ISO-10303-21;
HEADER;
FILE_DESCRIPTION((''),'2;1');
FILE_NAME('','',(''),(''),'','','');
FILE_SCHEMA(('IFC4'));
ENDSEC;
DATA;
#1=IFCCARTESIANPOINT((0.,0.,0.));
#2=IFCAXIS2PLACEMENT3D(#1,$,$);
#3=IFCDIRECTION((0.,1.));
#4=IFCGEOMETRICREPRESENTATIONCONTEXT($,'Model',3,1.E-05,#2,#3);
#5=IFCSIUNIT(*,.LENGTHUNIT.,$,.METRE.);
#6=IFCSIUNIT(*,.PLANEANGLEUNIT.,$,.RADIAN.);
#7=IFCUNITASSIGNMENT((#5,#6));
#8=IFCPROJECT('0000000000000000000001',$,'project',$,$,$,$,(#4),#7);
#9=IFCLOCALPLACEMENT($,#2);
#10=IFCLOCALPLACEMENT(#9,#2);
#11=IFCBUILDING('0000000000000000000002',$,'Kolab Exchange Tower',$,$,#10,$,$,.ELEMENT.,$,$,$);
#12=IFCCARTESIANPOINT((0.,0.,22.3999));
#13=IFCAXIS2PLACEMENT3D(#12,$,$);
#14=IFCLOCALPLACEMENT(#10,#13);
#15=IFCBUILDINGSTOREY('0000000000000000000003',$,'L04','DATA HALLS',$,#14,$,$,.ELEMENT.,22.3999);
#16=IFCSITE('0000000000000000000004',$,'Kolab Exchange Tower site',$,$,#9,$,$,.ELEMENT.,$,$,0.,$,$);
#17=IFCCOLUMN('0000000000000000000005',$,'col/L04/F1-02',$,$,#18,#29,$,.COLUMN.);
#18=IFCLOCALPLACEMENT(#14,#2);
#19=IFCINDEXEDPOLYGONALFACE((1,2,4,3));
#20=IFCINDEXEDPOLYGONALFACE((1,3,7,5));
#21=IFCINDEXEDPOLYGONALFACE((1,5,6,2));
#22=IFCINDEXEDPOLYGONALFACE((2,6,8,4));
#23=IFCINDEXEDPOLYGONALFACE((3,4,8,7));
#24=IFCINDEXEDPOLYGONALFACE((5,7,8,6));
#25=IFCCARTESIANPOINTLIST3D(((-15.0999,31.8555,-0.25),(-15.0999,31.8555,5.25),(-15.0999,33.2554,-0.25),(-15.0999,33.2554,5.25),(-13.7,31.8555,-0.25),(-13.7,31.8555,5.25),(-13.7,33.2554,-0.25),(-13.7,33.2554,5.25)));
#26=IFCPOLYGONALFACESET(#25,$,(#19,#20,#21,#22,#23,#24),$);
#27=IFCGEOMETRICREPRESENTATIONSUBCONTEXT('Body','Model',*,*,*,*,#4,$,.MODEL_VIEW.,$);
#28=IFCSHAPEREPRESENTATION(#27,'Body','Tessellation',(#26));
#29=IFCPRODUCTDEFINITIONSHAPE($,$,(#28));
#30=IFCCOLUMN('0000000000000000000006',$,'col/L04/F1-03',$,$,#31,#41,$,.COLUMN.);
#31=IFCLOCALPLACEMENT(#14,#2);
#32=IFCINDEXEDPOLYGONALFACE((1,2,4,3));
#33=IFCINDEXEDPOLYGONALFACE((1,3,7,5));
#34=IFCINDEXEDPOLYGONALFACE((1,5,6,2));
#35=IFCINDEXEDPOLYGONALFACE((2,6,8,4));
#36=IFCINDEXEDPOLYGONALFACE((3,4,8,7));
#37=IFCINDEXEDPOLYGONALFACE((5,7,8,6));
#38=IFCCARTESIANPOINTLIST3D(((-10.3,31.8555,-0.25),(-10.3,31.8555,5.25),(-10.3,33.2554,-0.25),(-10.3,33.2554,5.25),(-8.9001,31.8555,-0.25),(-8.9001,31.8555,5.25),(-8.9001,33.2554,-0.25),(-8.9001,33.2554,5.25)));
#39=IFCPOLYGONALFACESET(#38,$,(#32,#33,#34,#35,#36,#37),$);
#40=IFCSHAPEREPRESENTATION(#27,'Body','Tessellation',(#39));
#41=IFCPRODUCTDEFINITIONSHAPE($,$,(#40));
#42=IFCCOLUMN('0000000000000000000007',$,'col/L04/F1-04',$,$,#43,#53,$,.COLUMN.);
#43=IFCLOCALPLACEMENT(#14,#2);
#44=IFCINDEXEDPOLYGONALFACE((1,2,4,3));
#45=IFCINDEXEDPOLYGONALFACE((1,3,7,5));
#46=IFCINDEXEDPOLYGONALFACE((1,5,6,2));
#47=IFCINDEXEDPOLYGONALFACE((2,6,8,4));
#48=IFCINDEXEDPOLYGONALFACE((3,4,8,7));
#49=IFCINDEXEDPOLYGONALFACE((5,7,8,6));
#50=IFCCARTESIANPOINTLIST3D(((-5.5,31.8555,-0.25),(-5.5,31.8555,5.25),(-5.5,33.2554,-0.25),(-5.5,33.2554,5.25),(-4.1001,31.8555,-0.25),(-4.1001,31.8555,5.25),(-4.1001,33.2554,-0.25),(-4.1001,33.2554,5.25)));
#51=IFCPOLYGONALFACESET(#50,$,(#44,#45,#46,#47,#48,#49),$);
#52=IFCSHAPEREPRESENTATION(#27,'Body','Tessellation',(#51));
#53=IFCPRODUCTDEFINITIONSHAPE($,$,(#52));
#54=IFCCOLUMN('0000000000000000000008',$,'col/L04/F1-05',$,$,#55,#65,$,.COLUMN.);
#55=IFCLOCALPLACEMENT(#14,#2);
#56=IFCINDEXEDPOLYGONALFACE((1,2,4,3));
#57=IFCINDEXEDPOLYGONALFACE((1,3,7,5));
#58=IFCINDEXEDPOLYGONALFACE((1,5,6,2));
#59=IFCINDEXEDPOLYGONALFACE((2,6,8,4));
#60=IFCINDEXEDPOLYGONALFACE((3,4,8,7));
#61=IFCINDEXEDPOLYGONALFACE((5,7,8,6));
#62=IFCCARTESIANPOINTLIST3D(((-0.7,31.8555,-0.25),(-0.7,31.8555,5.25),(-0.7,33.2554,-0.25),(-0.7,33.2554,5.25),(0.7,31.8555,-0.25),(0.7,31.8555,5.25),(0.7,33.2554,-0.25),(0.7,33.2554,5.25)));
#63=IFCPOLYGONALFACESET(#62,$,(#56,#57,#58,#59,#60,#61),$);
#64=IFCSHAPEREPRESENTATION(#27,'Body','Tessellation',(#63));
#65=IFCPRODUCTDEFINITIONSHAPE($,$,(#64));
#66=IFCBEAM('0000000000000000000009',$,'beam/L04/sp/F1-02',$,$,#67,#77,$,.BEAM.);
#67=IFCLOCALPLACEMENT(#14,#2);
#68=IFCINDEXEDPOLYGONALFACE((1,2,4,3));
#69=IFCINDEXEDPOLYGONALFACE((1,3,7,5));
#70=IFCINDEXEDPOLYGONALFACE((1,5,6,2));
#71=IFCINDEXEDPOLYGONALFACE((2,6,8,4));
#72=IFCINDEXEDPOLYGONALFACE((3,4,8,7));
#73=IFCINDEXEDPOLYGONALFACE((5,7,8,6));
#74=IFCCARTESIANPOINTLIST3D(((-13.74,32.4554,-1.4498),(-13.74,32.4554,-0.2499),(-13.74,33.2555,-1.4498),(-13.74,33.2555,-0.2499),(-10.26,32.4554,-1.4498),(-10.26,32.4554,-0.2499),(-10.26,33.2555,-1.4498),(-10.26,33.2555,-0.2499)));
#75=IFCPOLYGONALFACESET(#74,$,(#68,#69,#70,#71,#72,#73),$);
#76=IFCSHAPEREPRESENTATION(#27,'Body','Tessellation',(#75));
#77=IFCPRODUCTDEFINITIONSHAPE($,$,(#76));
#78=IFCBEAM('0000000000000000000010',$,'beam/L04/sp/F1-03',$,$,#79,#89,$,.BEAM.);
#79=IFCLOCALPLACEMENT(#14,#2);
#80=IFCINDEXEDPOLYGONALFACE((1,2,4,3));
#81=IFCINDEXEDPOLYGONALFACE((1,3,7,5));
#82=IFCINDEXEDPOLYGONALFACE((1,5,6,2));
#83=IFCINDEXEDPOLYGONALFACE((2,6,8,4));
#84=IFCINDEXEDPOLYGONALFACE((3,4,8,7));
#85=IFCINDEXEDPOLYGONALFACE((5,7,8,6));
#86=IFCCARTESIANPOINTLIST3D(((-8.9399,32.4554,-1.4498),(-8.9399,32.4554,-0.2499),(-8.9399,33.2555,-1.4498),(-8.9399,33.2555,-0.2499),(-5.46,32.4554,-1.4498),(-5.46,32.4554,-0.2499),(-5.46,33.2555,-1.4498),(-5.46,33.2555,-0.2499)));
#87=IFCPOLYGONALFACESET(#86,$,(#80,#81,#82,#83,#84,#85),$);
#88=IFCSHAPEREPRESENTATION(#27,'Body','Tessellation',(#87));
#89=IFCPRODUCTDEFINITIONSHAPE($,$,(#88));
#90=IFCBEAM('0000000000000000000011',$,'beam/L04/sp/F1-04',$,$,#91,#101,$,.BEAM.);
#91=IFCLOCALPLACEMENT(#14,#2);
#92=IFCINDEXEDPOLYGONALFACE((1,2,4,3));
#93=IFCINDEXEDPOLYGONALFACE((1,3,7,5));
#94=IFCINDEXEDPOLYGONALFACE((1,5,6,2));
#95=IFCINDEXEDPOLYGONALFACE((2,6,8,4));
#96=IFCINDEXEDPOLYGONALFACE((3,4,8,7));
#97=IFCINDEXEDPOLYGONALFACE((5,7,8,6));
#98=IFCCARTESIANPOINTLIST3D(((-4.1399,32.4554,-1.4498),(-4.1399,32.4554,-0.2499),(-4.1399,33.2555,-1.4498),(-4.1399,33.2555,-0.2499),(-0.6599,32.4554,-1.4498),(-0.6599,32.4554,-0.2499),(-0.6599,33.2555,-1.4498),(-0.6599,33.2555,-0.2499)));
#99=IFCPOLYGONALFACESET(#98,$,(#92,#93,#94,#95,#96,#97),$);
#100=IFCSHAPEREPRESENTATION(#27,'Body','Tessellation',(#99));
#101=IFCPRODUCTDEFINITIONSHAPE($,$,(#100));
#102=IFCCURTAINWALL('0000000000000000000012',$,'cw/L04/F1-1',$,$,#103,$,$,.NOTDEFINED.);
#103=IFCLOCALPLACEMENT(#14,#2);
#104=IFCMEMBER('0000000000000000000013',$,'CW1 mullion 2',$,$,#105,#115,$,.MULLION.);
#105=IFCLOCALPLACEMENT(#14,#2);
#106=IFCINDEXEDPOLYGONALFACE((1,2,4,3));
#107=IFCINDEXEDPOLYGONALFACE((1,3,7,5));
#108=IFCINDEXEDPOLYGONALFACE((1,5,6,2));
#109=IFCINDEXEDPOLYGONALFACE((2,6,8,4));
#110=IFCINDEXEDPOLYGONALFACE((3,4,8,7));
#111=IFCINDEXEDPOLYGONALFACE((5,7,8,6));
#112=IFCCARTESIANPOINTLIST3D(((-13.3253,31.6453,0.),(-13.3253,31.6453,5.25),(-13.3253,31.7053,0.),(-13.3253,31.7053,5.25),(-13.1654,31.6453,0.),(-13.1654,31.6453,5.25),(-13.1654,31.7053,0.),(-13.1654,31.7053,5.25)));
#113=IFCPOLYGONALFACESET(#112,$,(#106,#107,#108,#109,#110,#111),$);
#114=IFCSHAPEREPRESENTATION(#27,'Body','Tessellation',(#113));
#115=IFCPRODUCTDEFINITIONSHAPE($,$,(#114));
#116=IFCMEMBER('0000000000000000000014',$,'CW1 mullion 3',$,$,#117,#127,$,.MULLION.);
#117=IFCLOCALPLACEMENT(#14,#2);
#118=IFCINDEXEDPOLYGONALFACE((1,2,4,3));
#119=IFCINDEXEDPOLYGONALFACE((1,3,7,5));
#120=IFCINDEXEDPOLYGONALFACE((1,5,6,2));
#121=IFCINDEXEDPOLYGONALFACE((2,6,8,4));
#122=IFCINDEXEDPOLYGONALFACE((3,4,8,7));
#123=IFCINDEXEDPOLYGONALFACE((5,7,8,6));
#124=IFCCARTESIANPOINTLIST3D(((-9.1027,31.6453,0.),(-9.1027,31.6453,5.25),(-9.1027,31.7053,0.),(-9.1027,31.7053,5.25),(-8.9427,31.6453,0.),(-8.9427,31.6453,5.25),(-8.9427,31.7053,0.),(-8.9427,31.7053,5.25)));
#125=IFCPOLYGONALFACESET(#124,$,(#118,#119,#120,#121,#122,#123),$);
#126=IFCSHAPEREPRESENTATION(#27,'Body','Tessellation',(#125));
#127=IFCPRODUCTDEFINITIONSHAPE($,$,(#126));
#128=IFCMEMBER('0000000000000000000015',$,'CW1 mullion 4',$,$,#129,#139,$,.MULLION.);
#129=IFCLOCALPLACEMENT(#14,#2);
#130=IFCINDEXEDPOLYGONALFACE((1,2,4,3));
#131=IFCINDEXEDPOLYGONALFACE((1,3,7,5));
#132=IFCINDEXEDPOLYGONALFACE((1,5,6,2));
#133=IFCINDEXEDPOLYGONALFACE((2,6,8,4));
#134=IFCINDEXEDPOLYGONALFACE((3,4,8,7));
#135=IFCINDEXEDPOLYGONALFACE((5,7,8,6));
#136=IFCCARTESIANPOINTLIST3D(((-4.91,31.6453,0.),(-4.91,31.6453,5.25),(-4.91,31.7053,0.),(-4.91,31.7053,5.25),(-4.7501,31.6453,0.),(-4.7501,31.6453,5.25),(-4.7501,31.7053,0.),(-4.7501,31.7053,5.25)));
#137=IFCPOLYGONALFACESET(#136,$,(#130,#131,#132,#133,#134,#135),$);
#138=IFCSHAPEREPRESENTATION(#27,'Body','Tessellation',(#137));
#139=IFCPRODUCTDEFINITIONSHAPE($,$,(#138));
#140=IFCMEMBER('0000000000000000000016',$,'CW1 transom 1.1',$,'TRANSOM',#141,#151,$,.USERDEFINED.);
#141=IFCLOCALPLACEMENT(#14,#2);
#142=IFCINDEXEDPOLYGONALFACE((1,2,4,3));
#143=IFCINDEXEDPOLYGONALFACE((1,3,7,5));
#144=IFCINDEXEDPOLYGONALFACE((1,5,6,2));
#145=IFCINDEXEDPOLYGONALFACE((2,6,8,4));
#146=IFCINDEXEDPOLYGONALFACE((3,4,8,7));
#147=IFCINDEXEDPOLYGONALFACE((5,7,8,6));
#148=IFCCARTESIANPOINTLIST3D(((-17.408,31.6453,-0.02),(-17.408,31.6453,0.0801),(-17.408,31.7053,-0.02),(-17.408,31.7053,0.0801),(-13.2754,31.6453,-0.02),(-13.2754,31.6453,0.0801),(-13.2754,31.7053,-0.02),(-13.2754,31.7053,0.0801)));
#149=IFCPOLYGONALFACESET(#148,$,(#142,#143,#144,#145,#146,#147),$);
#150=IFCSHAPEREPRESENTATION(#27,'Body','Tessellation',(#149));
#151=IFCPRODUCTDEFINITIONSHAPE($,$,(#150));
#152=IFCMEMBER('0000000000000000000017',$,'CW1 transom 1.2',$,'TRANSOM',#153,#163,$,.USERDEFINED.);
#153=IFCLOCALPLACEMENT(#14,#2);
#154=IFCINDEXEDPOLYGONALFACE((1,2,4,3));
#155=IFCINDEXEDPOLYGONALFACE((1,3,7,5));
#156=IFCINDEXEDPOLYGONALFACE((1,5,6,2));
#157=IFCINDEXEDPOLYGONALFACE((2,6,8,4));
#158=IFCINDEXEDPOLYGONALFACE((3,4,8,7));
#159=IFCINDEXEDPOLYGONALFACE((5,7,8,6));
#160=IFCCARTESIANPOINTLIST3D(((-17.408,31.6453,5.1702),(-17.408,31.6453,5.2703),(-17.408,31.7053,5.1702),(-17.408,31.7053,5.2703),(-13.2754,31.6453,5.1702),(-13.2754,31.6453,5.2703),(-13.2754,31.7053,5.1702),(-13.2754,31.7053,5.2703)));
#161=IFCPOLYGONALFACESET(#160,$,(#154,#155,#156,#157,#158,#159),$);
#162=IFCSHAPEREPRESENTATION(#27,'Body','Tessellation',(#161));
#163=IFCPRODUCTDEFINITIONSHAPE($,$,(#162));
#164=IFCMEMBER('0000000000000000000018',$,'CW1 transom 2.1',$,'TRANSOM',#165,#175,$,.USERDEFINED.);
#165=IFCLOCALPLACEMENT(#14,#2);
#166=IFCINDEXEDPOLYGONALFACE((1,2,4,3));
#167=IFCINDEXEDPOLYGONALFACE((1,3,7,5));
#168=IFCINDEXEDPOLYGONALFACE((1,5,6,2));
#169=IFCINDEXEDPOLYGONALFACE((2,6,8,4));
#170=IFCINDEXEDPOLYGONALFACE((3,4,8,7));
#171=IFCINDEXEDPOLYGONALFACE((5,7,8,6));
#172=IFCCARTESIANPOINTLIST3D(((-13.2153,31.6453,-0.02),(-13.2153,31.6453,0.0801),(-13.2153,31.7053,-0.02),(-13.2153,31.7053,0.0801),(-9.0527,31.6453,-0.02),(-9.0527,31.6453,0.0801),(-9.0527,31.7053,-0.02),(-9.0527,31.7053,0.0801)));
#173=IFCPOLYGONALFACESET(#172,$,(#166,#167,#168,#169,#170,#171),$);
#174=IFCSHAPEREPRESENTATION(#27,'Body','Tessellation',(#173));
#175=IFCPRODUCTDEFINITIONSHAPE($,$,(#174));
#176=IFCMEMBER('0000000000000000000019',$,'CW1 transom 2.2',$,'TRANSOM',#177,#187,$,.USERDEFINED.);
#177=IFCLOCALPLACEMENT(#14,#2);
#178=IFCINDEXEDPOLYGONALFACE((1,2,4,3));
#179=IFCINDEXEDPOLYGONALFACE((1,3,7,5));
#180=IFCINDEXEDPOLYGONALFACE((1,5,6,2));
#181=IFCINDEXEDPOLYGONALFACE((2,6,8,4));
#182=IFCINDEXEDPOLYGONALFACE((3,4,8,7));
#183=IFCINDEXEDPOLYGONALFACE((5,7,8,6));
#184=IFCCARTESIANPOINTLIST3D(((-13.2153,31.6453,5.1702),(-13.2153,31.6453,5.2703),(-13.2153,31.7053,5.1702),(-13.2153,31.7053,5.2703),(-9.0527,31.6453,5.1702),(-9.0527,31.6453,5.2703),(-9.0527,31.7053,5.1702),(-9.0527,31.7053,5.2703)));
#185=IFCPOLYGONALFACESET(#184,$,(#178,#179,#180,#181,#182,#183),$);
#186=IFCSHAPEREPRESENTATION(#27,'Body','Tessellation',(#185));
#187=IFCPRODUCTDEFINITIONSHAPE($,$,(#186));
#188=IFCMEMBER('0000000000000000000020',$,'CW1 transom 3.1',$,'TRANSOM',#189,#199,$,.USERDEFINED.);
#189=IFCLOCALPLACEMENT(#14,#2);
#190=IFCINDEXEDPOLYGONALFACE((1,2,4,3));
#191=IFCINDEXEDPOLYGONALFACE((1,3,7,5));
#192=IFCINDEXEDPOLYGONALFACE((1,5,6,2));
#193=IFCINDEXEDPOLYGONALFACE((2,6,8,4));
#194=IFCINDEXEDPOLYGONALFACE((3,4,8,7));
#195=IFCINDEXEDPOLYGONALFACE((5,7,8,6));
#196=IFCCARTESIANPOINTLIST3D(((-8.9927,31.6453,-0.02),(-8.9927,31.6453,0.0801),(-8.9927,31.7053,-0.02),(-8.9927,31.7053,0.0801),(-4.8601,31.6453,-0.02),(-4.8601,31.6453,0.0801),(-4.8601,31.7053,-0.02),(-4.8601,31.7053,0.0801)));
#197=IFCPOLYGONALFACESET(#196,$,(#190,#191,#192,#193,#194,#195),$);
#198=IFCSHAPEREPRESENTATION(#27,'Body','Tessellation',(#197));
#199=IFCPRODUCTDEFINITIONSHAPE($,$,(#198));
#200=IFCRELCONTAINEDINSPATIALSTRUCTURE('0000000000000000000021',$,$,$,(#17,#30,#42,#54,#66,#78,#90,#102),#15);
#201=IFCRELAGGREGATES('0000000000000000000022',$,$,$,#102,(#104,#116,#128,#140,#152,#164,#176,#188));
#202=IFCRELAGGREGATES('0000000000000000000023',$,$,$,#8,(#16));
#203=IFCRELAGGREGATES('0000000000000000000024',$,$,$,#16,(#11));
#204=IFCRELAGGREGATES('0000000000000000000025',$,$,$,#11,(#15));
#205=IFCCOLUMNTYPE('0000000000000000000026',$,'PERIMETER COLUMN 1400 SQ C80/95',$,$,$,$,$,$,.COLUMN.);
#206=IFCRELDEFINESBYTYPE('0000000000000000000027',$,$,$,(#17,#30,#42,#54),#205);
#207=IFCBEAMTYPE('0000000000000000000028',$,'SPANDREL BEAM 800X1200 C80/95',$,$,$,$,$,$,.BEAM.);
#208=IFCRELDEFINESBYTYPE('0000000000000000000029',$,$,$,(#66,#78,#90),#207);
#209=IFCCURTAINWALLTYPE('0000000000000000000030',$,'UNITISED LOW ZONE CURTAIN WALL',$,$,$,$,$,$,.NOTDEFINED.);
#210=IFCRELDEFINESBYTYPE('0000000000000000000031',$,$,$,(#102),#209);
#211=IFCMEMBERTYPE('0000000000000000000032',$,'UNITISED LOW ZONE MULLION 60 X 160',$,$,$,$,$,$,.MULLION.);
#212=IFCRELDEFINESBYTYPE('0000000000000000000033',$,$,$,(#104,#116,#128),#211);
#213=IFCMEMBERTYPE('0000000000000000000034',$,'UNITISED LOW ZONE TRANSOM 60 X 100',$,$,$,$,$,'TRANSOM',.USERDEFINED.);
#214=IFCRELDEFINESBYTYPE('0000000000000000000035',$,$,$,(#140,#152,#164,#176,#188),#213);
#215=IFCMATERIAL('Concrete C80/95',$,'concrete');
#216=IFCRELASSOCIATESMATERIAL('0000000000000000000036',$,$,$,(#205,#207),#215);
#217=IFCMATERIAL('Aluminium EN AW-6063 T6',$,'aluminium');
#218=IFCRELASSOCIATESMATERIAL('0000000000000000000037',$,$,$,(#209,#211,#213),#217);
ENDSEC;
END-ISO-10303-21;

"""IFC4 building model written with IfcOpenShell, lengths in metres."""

from ifc_helpers import new_model, si_unit, direction, frame, origin, origin_2d, place, context, subcontext, project, spatial, rectangle, extrude, material, material_profile, profile_set, type_object, element, aggregate, save


model = new_model("IFC4")

# Units and contexts
model_context = context("Model", 3, precision=1e-05, world=origin(), true_north=direction((0.0, 1.0)))
body_context = subcontext(model_context, "Body", "Model", "MODEL_VIEW")
ifc_project = project(units=[si_unit("LENGTHUNIT", "METRE"), si_unit("PLANEANGLEUNIT", "RADIAN")], contexts=[model_context])

# Site, building, storey
site_placement = place(None, origin())
site = spatial("IfcSite", under=ifc_project, at=site_placement, Name="Kolab Exchange Tower site", CompositionType="ELEMENT", RefElevation=0.0)
building_placement = place(site_placement, origin())
building = spatial("IfcBuilding", under=site, at=building_placement, Name="Kolab Exchange Tower", CompositionType="ELEMENT")
storey_placement = place(building_placement, frame((0.0, 0.0, 22.3999)))
storey = spatial("IfcBuildingStorey", under=building, at=storey_placement, Name="L04", Description="DATA HALLS", CompositionType="ELEMENT", Elevation=22.3999)

# Columns
ifc_material_1 = material(Name="Concrete C80/95", Category="concrete")
ifc_material_profile_1 = material_profile(ifc_material_1, rectangle(XDim=1.3999, YDim=1.3999, at=origin_2d()), Name="RC1400")
ifc_profile_set_1 = profile_set([ifc_material_profile_1], Name="Concrete C80/95")
column_type = type_object("IfcColumnType", Name="PERIMETER COLUMN 1400 SQ C80/95", PredefinedType="COLUMN", material=ifc_profile_set_1)
for number, where, z_axis, x_axis, name in (
    (1, (-14.3999, 32.5554, -0.25), (0.0, 0.0, 1.0), (1.0, 0.0, 0.0), "col/L04/F1-02"),
    (2, (-9.6001, 32.5554, -0.25), (0.0, 0.0, 1.0), (1.0, 0.0, 0.0), "col/L04/F1-03"),
    (3, (-4.8, 32.5554, -0.25), (0.0, 0.0, 1.0), (1.0, 0.0, 0.0), "col/L04/F1-04"),
    (4, (0.0, 32.5554, -0.25), (0.0, 0.0, 1.0), (1.0, 0.0, 0.0), "col/L04/F1-05"),
):
    element("IfcColumn", number, at=place(storey_placement, frame(where, z_axis=z_axis, x_axis=x_axis)), inside=storey, type_object=column_type, Name=name, PredefinedType="COLUMN", context=body_context, shape_type="SweptSolid", body=[
        extrude(rectangle(XDim=1.3999, YDim=1.3999, at=origin_2d()), origin(), (0.0, 0.0, 1.0), 5.5),
    ])

# Beams
ifc_material_profile_2 = material_profile(ifc_material_1, rectangle(XDim=0.8, YDim=1.2, at=origin_2d()), Name="RC800X1200")
ifc_profile_set_2 = profile_set([ifc_material_profile_2], Name="Concrete C80/95")
beam_type = type_object("IfcBeamType", Name="SPANDREL BEAM 800X1200 C80/95", PredefinedType="BEAM", material=ifc_profile_set_2)
for number, where, z_axis, x_axis, name in (
    (5, (-13.74, 32.8555, -0.8499), (1.0, 0.0, 0.0), (0.0, 1.0, 0.0), "beam/L04/sp/F1-02"),
    (6, (-8.9399, 32.8555, -0.8499), (1.0, 0.0, 0.0), (0.0, 1.0, 0.0), "beam/L04/sp/F1-03"),
    (7, (-4.1399, 32.8555, -0.8499), (1.0, 0.0, 0.0), (0.0, 1.0, 0.0), "beam/L04/sp/F1-04"),
):
    element("IfcBeam", number, at=place(storey_placement, frame(where, z_axis=z_axis, x_axis=x_axis)), inside=storey, type_object=beam_type, Name=name, PredefinedType="BEAM", context=body_context, shape_type="SweptSolid", body=[
        extrude(rectangle(XDim=0.8, YDim=1.2, at=origin_2d()), origin(), (0.0, 0.0, 1.0), 3.48),
    ])

# Curtain wall, members
ifc_material_2 = material(Name="Aluminium EN AW-6063 T6", Category="aluminium")
curtain_wall_type = type_object("IfcCurtainWallType", Name="UNITISED LOW ZONE CURTAIN WALL", PredefinedType="NOTDEFINED", material=ifc_material_2)
curtain_wall_placement = place(storey_placement, origin())
curtain_wall = element("IfcCurtainWall", 8, at=curtain_wall_placement, inside=storey, type_object=curtain_wall_type, Name="cw/L04/F1-1", PredefinedType="NOTDEFINED")
ifc_material_profile_3 = material_profile(ifc_material_2, rectangle(XDim=0.0601, YDim=0.1599, at=origin_2d()), Name="RECT 60X160")
ifc_profile_set_3 = profile_set([ifc_material_profile_3], Name="Aluminium EN AW-6063 T6")
member_type_1 = type_object("IfcMemberType", Name="UNITISED LOW ZONE MULLION 60 X 160", PredefinedType="MULLION", material=ifc_profile_set_3)
member_1_placement = place(storey_placement, frame((-13.2454, 31.6753, 0.0), z_axis=(0.0, 0.0, 1.0), x_axis=(0.0, 1.0, 0.0)))
member_1 = element("IfcMember", 9, at=member_1_placement, type_object=member_type_1, Name="CW1 mullion 2", PredefinedType="MULLION", context=body_context, shape_type="SweptSolid", body=[
    extrude(rectangle(XDim=0.0601, YDim=0.1599, at=origin_2d()), origin(), (0.0, 0.0, 1.0), 5.25),
])
member_2_placement = place(storey_placement, frame((-9.0227, 31.6753, 0.0), z_axis=(0.0, 0.0, 1.0), x_axis=(0.0, 1.0, 0.0)))
member_2 = element("IfcMember", 10, at=member_2_placement, type_object=member_type_1, Name="CW1 mullion 3", PredefinedType="MULLION", context=body_context, shape_type="SweptSolid", body=[
    extrude(rectangle(XDim=0.0601, YDim=0.1599, at=origin_2d()), origin(), (0.0, 0.0, 1.0), 5.25),
])
member_3_placement = place(storey_placement, frame((-4.8301, 31.6753, 0.0), z_axis=(0.0, 0.0, 1.0), x_axis=(0.0, 1.0, 0.0)))
member_3 = element("IfcMember", 11, at=member_3_placement, type_object=member_type_1, Name="CW1 mullion 4", PredefinedType="MULLION", context=body_context, shape_type="SweptSolid", body=[
    extrude(rectangle(XDim=0.0601, YDim=0.1599, at=origin_2d()), origin(), (0.0, 0.0, 1.0), 5.25),
])
ifc_material_profile_4 = material_profile(ifc_material_2, rectangle(XDim=0.0601, YDim=0.1001, at=origin_2d()), Name="RECT 60X100")
ifc_profile_set_4 = profile_set([ifc_material_profile_4], Name="Aluminium EN AW-6063 T6")
member_type_2 = type_object("IfcMemberType", Name="UNITISED LOW ZONE TRANSOM 60 X 100", ElementType="TRANSOM", PredefinedType="USERDEFINED", material=ifc_profile_set_4)
member_4_placement = place(storey_placement, frame((-17.408, 31.6753, 0.03), z_axis=(1.0, 0.0, 0.0), x_axis=(0.0, 1.0, 0.0)))
member_4 = element("IfcMember", 12, at=member_4_placement, type_object=member_type_2, Name="CW1 transom 1.1", ObjectType="TRANSOM", PredefinedType="USERDEFINED", context=body_context, shape_type="SweptSolid", body=[
    extrude(rectangle(XDim=0.0601, YDim=0.1001, at=origin_2d()), origin(), (0.0, 0.0, 1.0), 4.1326),
])
member_5_placement = place(storey_placement, frame((-17.408, 31.6753, 5.2202), z_axis=(1.0, 0.0, 0.0), x_axis=(0.0, 1.0, 0.0)))
member_5 = element("IfcMember", 13, at=member_5_placement, type_object=member_type_2, Name="CW1 transom 1.2", ObjectType="TRANSOM", PredefinedType="USERDEFINED", context=body_context, shape_type="SweptSolid", body=[
    extrude(rectangle(XDim=0.0601, YDim=0.1001, at=origin_2d()), origin(), (0.0, 0.0, 1.0), 4.1326),
])
member_6_placement = place(storey_placement, frame((-13.2153, 31.6753, 0.03), z_axis=(1.0, 0.0, 0.0), x_axis=(0.0, 1.0, 0.0)))
member_6 = element("IfcMember", 14, at=member_6_placement, type_object=member_type_2, Name="CW1 transom 2.1", ObjectType="TRANSOM", PredefinedType="USERDEFINED", context=body_context, shape_type="SweptSolid", body=[
    extrude(rectangle(XDim=0.0601, YDim=0.1001, at=origin_2d()), origin(), (0.0, 0.0, 1.0), 4.1626),
])
member_7_placement = place(storey_placement, frame((-13.2153, 31.6753, 5.2202), z_axis=(1.0, 0.0, 0.0), x_axis=(0.0, 1.0, 0.0)))
member_7 = element("IfcMember", 15, at=member_7_placement, type_object=member_type_2, Name="CW1 transom 2.2", ObjectType="TRANSOM", PredefinedType="USERDEFINED", context=body_context, shape_type="SweptSolid", body=[
    extrude(rectangle(XDim=0.0601, YDim=0.1001, at=origin_2d()), origin(), (0.0, 0.0, 1.0), 4.1626),
])
member_8_placement = place(storey_placement, frame((-8.9927, 31.6753, 0.03), z_axis=(1.0, 0.0, 0.0), x_axis=(0.0, 1.0, 0.0)))
member_8 = element("IfcMember", 16, at=member_8_placement, type_object=member_type_2, Name="CW1 transom 3.1", ObjectType="TRANSOM", PredefinedType="USERDEFINED", context=body_context, shape_type="SweptSolid", body=[
    extrude(rectangle(XDim=0.0601, YDim=0.1001, at=origin_2d()), origin(), (0.0, 0.0, 1.0), 4.1326),
])
aggregate(curtain_wall, [member_1, member_2, member_3, member_4, member_5, member_6, member_7, member_8])

save(model, "model.ifc")
